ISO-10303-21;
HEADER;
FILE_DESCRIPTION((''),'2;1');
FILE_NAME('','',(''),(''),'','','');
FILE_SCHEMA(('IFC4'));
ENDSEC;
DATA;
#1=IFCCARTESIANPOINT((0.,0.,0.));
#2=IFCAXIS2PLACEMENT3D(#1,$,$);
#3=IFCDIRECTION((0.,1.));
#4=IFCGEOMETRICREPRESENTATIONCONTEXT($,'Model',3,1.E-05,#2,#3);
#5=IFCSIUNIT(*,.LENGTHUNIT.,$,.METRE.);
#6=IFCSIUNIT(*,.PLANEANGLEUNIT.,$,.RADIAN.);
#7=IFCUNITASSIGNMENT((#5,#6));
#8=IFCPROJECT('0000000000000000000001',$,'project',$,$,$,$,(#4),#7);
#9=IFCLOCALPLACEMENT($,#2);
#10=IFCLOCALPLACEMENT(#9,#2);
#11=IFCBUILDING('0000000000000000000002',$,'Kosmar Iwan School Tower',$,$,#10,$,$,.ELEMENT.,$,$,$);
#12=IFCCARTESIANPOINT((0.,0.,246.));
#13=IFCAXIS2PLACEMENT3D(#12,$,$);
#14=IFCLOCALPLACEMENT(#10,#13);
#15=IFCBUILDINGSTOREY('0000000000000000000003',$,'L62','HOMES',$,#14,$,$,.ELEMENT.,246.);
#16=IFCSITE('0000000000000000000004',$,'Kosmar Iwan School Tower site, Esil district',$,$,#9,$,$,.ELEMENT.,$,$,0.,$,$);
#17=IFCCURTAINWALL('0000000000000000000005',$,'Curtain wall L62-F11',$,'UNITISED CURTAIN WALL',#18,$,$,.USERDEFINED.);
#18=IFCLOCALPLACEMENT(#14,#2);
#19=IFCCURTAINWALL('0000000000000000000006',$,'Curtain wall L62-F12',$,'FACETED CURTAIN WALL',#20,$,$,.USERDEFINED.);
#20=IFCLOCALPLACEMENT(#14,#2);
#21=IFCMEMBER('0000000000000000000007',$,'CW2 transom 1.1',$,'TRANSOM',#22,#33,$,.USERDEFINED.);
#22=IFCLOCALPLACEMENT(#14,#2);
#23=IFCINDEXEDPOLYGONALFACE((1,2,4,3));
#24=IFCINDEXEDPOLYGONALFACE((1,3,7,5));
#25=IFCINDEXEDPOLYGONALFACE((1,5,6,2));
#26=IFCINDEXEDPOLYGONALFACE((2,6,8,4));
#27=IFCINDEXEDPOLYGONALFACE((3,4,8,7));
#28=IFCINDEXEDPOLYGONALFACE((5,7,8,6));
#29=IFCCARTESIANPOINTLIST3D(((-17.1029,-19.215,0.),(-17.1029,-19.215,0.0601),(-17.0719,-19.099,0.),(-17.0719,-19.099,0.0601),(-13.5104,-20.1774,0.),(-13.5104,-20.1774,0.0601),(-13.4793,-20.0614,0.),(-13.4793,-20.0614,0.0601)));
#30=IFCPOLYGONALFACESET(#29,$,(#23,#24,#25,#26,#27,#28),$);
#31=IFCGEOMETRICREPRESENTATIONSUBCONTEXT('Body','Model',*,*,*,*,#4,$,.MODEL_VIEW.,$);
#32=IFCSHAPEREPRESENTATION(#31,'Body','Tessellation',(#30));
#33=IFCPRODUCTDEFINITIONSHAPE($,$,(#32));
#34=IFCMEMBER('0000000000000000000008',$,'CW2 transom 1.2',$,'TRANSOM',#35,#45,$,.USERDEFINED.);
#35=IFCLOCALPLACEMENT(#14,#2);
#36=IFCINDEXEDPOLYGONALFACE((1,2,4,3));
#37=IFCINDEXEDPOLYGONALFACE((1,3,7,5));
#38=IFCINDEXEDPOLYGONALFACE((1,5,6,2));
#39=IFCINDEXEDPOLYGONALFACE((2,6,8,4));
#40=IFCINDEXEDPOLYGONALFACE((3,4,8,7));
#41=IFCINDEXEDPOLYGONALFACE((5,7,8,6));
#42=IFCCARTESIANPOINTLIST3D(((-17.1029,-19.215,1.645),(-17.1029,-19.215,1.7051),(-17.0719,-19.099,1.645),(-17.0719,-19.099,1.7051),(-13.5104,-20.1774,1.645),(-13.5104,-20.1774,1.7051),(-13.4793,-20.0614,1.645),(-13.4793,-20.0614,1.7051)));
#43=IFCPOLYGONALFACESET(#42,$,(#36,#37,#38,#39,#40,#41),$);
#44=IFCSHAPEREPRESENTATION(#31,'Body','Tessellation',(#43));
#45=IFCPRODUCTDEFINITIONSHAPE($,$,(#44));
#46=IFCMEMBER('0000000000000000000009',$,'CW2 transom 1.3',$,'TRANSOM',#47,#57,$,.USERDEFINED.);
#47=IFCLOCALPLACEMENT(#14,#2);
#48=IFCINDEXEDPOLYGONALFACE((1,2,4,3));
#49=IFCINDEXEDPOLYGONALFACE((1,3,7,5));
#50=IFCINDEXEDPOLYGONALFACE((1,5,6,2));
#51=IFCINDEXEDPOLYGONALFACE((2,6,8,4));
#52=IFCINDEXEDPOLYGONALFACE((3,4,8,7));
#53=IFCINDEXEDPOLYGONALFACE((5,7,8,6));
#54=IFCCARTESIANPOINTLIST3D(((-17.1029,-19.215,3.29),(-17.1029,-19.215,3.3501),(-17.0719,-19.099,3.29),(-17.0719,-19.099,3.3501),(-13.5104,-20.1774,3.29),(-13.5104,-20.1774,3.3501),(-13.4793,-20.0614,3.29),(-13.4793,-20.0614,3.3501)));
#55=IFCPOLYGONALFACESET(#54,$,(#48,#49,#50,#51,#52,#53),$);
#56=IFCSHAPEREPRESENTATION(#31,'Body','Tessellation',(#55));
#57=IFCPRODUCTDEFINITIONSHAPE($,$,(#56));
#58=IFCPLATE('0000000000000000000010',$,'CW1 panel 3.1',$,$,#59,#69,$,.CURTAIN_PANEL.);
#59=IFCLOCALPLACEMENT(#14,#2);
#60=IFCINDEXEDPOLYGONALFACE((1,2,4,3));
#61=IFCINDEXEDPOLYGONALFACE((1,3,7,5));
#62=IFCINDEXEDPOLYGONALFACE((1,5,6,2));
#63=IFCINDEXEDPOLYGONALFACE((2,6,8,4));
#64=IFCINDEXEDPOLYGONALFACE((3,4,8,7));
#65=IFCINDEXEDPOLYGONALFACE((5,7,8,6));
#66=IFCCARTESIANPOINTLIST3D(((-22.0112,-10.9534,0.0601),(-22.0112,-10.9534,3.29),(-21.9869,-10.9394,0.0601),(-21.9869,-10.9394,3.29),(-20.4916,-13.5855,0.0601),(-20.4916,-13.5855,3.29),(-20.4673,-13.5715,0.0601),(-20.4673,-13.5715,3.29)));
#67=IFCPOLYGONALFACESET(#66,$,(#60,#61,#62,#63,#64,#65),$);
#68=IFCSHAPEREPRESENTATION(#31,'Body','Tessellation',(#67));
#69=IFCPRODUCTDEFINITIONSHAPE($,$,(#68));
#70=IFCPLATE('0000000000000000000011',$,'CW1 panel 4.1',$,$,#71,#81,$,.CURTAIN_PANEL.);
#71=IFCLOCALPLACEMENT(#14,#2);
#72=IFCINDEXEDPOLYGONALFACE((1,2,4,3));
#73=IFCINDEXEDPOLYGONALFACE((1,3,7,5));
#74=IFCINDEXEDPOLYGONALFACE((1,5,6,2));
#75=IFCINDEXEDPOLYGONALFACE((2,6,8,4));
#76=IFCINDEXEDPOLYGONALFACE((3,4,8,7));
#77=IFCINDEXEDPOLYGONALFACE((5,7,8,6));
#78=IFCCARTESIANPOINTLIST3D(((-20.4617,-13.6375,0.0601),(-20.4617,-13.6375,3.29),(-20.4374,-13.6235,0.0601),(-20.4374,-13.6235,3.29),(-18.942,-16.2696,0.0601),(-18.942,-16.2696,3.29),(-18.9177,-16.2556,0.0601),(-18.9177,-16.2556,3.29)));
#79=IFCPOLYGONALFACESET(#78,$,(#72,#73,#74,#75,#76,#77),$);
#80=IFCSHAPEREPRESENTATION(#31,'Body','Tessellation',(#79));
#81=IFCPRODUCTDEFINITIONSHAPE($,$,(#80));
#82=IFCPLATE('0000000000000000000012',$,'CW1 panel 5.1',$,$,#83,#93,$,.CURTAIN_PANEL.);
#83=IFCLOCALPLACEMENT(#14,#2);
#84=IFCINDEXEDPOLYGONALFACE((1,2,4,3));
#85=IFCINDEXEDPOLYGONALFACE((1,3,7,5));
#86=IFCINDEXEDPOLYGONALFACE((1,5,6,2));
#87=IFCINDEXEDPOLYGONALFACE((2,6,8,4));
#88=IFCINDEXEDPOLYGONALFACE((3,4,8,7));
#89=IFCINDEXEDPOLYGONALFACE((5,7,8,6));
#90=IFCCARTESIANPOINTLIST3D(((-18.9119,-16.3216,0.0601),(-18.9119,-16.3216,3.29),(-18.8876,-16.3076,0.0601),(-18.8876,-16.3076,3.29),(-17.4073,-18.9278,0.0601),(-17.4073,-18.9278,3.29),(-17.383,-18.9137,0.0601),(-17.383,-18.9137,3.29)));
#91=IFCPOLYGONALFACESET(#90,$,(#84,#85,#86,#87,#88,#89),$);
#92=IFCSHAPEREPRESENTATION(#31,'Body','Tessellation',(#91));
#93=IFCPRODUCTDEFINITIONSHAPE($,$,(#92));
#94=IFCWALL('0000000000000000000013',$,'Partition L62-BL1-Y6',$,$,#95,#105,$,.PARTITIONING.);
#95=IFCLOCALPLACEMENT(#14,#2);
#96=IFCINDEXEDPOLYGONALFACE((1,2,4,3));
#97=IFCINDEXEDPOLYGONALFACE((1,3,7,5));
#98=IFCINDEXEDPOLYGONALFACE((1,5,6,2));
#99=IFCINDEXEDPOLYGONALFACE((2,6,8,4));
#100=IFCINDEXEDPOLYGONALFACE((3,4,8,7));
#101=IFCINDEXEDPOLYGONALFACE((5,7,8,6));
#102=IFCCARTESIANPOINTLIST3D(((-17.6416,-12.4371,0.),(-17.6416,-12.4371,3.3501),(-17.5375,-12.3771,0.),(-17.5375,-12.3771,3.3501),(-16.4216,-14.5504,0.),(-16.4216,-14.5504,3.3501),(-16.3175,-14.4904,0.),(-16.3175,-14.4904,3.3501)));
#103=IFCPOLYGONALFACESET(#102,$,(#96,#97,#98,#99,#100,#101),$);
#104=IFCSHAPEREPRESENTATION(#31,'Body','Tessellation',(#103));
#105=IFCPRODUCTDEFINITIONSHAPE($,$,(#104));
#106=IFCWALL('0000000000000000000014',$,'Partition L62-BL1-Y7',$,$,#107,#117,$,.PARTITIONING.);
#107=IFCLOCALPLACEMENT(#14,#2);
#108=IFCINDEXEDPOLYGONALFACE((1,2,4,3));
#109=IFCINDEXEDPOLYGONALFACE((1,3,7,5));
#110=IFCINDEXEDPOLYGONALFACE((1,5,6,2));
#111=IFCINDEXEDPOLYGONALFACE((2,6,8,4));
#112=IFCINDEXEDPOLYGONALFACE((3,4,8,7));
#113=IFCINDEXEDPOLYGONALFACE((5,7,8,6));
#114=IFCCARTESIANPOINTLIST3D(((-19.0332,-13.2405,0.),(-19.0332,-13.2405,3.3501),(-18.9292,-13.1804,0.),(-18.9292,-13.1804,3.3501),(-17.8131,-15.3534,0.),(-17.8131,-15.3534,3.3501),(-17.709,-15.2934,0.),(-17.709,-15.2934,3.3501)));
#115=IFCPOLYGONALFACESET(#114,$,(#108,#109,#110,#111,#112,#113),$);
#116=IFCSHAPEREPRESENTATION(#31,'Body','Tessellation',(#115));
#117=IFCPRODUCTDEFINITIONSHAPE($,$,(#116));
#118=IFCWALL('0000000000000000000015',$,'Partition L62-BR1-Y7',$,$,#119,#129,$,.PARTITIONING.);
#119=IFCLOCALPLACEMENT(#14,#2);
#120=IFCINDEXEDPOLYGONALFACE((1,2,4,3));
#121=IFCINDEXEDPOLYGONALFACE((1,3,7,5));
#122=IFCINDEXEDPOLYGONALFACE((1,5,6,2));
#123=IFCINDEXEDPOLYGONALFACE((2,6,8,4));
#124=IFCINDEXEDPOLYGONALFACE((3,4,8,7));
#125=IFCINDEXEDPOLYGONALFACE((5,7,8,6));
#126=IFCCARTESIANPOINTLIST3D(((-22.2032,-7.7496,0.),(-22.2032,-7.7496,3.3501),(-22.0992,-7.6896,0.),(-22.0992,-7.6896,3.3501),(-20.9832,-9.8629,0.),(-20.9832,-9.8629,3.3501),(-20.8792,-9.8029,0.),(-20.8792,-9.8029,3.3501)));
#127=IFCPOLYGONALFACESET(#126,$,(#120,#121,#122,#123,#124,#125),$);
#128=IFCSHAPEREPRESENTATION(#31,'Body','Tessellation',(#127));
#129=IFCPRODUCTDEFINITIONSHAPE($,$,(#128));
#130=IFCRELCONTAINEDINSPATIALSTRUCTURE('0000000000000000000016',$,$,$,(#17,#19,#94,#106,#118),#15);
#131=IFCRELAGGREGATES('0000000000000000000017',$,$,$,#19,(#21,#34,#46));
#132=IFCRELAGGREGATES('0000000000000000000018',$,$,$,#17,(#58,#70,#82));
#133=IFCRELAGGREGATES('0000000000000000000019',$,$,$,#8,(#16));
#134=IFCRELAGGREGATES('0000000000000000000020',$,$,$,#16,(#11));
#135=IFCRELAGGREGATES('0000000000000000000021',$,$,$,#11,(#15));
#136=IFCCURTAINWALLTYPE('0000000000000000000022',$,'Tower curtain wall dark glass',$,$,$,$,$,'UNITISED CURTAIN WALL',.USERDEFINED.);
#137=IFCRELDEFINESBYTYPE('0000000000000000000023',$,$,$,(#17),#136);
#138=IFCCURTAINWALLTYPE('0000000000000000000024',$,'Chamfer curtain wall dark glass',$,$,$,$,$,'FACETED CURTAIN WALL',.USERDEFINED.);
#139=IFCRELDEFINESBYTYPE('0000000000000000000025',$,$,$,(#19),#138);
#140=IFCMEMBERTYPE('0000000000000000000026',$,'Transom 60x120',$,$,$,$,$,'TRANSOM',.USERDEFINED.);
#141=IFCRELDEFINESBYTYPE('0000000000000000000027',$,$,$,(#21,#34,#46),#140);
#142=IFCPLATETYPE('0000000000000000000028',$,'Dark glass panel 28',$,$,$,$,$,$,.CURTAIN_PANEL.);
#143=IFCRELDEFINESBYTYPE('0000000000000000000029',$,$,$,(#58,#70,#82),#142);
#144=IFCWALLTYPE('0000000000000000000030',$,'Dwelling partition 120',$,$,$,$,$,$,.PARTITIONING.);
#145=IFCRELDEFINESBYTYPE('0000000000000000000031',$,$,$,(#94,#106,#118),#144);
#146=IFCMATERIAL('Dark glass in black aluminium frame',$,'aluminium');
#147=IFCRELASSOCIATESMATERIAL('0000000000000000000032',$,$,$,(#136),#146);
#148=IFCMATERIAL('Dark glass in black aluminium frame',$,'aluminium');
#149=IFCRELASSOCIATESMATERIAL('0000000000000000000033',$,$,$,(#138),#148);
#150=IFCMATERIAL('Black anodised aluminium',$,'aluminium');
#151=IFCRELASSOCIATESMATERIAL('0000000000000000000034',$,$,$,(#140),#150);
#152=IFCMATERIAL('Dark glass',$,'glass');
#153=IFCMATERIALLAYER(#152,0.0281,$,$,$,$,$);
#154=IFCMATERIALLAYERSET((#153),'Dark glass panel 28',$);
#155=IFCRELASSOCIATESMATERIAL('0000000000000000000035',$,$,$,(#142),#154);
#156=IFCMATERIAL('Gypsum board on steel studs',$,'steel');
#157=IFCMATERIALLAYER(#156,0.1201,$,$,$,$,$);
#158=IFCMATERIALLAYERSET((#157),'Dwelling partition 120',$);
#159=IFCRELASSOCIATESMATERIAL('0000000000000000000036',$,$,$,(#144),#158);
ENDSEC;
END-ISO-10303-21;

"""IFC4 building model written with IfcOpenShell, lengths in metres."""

from ifc_helpers import new_model, si_unit, direction, frame, frame_2d, origin, origin_2d, place, context, subcontext, project, spatial, rectangle, extrude, material, layer, layer_set, material_profile, profile_set, type_object, element, aggregate, save


model = new_model("IFC4")

# Units and contexts
model_context = context("Model", 3, precision=1e-05, world=origin(), true_north=direction((0.0, 1.0)))
body_context = subcontext(model_context, "Body", "Model", "MODEL_VIEW")
ifc_project = project(units=[si_unit("LENGTHUNIT", "METRE"), si_unit("PLANEANGLEUNIT", "RADIAN")], contexts=[model_context])

# Site, building, storey
site_placement = place(None, origin())
site = spatial("IfcSite", under=ifc_project, at=site_placement, Name="Kosmar Iwan School Tower site, Esil district", CompositionType="ELEMENT", RefElevation=0.0)
building_placement = place(site_placement, origin())
building = spatial("IfcBuilding", under=site, at=building_placement, Name="Kosmar Iwan School Tower", CompositionType="ELEMENT")
storey_placement = place(building_placement, frame((0.0, 0.0, 246.0)))
storey = spatial("IfcBuildingStorey", under=building, at=storey_placement, Name="L62", Description="HOMES", CompositionType="ELEMENT", Elevation=246.0)

# Curtain wall
ifc_material_1 = material(Name="Dark glass in black aluminium frame", Category="aluminium")
curtain_wall_type_1 = type_object("IfcCurtainWallType", Name="Tower curtain wall dark glass", ElementType="UNITISED CURTAIN WALL", PredefinedType="USERDEFINED", material=ifc_material_1)
curtain_wall_1_placement = place(storey_placement, origin())
curtain_wall_1 = element("IfcCurtainWall", 1, at=curtain_wall_1_placement, inside=storey, type_object=curtain_wall_type_1, Name="Curtain wall L62-F11", ObjectType="UNITISED CURTAIN WALL", PredefinedType="USERDEFINED")

# Curtain wall
ifc_material_2 = material(Name="Dark glass in black aluminium frame", Category="aluminium")
curtain_wall_type_2 = type_object("IfcCurtainWallType", Name="Chamfer curtain wall dark glass", ElementType="FACETED CURTAIN WALL", PredefinedType="USERDEFINED", material=ifc_material_2)
curtain_wall_2_placement = place(storey_placement, origin())
curtain_wall_2 = element("IfcCurtainWall", 2, at=curtain_wall_2_placement, inside=storey, type_object=curtain_wall_type_2, Name="Curtain wall L62-F12", ObjectType="FACETED CURTAIN WALL", PredefinedType="USERDEFINED")

# Members
ifc_material_3 = material(Name="Black anodised aluminium", Category="aluminium")
ifc_material_profile_1 = material_profile(ifc_material_3, rectangle(XDim=0.1201, YDim=0.0601, at=origin_2d()), Name="TRANSOM 60x120")
ifc_profile_set_1 = profile_set([ifc_material_profile_1], Name="Black anodised aluminium")
member_type_1 = type_object("IfcMemberType", Name="Transom 60x120", ElementType="TRANSOM", PredefinedType="USERDEFINED", material=ifc_profile_set_1)
member_1_placement = place(storey_placement, frame((-17.0874, -19.157, 0.03), z_axis=(0.96594, -0.258766, 0.0), x_axis=(0.258766, 0.96594, 0.0)))
member_1 = element("IfcMember", 3, at=member_1_placement, type_object=member_type_1, Name="CW2 transom 1.1", ObjectType="TRANSOM", PredefinedType="USERDEFINED", context=body_context, shape_type="SweptSolid", body=[
    extrude(rectangle(XDim=0.1201, YDim=0.0601, at=origin_2d()), origin(), (0.0, 0.0, 1.0), 3.7192),
])
member_2_placement = place(storey_placement, frame((-17.0874, -19.157, 1.675), z_axis=(0.96594, -0.258766, 0.0), x_axis=(0.258766, 0.96594, 0.0)))
member_2 = element("IfcMember", 4, at=member_2_placement, type_object=member_type_1, Name="CW2 transom 1.2", ObjectType="TRANSOM", PredefinedType="USERDEFINED", context=body_context, shape_type="SweptSolid", body=[
    extrude(rectangle(XDim=0.1201, YDim=0.0601, at=origin_2d()), origin(), (0.0, 0.0, 1.0), 3.7192),
])
member_3_placement = place(storey_placement, frame((-17.0874, -19.157, 3.3201), z_axis=(0.96594, -0.258766, 0.0), x_axis=(0.258766, 0.96594, 0.0)))
member_3 = element("IfcMember", 5, at=member_3_placement, type_object=member_type_1, Name="CW2 transom 1.3", ObjectType="TRANSOM", PredefinedType="USERDEFINED", context=body_context, shape_type="SweptSolid", body=[
    extrude(rectangle(XDim=0.1201, YDim=0.0601, at=origin_2d()), origin(), (0.0, 0.0, 1.0), 3.7192),
])
aggregate(curtain_wall_2, [member_1, member_2, member_3])

# Plates
ifc_material_4 = material(Name="Dark glass", Category="glass")
ifc_layer_1 = layer(ifc_material_4, 0.0281)
ifc_layer_set_1 = layer_set([ifc_layer_1], Name="Dark glass panel 28")
plate_type = type_object("IfcPlateType", Name="Dark glass panel 28", PredefinedType="CURTAIN_PANEL", material=ifc_layer_set_1)
plate_1_placement = place(storey_placement, frame((-21.2393, -12.2625, 0.0601), z_axis=(0.0, 0.0, 1.0), x_axis=(0.5, -0.866025, 0.0)))
plate_1 = element("IfcPlate", 6, at=plate_1_placement, type_object=plate_type, Name="CW1 panel 3.1", PredefinedType="CURTAIN_PANEL", context=body_context, shape_type="SweptSolid", body=[
    extrude(rectangle(XDim=3.0393, YDim=0.0281, at=origin_2d()), origin(), (0.0, 0.0, 1.0), 3.23),
])
plate_2_placement = place(storey_placement, frame((-19.6897, -14.9465, 0.0601), z_axis=(0.0, 0.0, 1.0), x_axis=(0.5, -0.866025, 0.0)))
plate_2 = element("IfcPlate", 7, at=plate_2_placement, type_object=plate_type, Name="CW1 panel 4.1", PredefinedType="CURTAIN_PANEL", context=body_context, shape_type="SweptSolid", body=[
    extrude(rectangle(XDim=3.0393, YDim=0.0281, at=origin_2d()), origin(), (0.0, 0.0, 1.0), 3.23),
])
plate_3_placement = place(storey_placement, frame((-18.1475, -17.6177, 0.0601), z_axis=(0.0, 0.0, 1.0), x_axis=(0.5, -0.866025, 0.0)))
plate_3 = element("IfcPlate", 8, at=plate_3_placement, type_object=plate_type, Name="CW1 panel 5.1", PredefinedType="CURTAIN_PANEL", context=body_context, shape_type="SweptSolid", body=[
    extrude(rectangle(XDim=3.0093, YDim=0.0281, at=origin_2d()), origin(), (0.0, 0.0, 1.0), 3.23),
])
aggregate(curtain_wall_1, [plate_1, plate_2, plate_3])

# Walls
ifc_material_5 = material(Name="Gypsum board on steel studs", Category="steel")
ifc_layer_2 = layer(ifc_material_5, 0.1201)
ifc_layer_set_2 = layer_set([ifc_layer_2], Name="Dwelling partition 120")
wall_type = type_object("IfcWallType", Name="Dwelling partition 120", PredefinedType="PARTITIONING", material=ifc_layer_set_2)
wall_1_placement = place(storey_placement, frame((-17.5896, -12.407, 0.0), z_axis=(0.0, 0.0, 1.0), x_axis=(0.499959, -0.866049, 0.0)))
element("IfcWall", 9, at=wall_1_placement, inside=storey, type_object=wall_type, Name="Partition L62-BL1-Y6", PredefinedType="PARTITIONING", context=body_context, shape_type="SweptSolid", body=[
    extrude(rectangle(XDim=2.4402, YDim=0.1201, at=frame_2d((1.2202, 0.0))), origin(), (0.0, 0.0, 1.0), 3.3501),
])
wall_2_placement = place(storey_placement, frame((-18.9812, -13.2104, 0.0), z_axis=(0.0, 0.0, 1.0), x_axis=(0.500078, -0.865981, 0.0)))
element("IfcWall", 10, at=wall_2_placement, inside=storey, type_object=wall_type, Name="Partition L62-BL1-Y7", PredefinedType="PARTITIONING", context=body_context, shape_type="SweptSolid", body=[
    extrude(rectangle(XDim=2.4399, YDim=0.1201, at=frame_2d((1.22, 0.0))), origin(), (0.0, 0.0, 1.0), 3.3501),
])
wall_3_placement = place(storey_placement, frame((-20.9312, -9.833, 0.0), z_axis=(0.0, 0.0, 1.0), x_axis=(-0.499959, 0.866049, 0.0)))
element("IfcWall", 11, at=wall_3_placement, inside=storey, type_object=wall_type, Name="Partition L62-BR1-Y7", PredefinedType="PARTITIONING", context=body_context, shape_type="SweptSolid", body=[
    extrude(rectangle(XDim=2.4402, YDim=0.1201, at=frame_2d((1.2202, 0.0))), origin(), (0.0, 0.0, 1.0), 3.3501),
])

save(model, "model.ifc")
